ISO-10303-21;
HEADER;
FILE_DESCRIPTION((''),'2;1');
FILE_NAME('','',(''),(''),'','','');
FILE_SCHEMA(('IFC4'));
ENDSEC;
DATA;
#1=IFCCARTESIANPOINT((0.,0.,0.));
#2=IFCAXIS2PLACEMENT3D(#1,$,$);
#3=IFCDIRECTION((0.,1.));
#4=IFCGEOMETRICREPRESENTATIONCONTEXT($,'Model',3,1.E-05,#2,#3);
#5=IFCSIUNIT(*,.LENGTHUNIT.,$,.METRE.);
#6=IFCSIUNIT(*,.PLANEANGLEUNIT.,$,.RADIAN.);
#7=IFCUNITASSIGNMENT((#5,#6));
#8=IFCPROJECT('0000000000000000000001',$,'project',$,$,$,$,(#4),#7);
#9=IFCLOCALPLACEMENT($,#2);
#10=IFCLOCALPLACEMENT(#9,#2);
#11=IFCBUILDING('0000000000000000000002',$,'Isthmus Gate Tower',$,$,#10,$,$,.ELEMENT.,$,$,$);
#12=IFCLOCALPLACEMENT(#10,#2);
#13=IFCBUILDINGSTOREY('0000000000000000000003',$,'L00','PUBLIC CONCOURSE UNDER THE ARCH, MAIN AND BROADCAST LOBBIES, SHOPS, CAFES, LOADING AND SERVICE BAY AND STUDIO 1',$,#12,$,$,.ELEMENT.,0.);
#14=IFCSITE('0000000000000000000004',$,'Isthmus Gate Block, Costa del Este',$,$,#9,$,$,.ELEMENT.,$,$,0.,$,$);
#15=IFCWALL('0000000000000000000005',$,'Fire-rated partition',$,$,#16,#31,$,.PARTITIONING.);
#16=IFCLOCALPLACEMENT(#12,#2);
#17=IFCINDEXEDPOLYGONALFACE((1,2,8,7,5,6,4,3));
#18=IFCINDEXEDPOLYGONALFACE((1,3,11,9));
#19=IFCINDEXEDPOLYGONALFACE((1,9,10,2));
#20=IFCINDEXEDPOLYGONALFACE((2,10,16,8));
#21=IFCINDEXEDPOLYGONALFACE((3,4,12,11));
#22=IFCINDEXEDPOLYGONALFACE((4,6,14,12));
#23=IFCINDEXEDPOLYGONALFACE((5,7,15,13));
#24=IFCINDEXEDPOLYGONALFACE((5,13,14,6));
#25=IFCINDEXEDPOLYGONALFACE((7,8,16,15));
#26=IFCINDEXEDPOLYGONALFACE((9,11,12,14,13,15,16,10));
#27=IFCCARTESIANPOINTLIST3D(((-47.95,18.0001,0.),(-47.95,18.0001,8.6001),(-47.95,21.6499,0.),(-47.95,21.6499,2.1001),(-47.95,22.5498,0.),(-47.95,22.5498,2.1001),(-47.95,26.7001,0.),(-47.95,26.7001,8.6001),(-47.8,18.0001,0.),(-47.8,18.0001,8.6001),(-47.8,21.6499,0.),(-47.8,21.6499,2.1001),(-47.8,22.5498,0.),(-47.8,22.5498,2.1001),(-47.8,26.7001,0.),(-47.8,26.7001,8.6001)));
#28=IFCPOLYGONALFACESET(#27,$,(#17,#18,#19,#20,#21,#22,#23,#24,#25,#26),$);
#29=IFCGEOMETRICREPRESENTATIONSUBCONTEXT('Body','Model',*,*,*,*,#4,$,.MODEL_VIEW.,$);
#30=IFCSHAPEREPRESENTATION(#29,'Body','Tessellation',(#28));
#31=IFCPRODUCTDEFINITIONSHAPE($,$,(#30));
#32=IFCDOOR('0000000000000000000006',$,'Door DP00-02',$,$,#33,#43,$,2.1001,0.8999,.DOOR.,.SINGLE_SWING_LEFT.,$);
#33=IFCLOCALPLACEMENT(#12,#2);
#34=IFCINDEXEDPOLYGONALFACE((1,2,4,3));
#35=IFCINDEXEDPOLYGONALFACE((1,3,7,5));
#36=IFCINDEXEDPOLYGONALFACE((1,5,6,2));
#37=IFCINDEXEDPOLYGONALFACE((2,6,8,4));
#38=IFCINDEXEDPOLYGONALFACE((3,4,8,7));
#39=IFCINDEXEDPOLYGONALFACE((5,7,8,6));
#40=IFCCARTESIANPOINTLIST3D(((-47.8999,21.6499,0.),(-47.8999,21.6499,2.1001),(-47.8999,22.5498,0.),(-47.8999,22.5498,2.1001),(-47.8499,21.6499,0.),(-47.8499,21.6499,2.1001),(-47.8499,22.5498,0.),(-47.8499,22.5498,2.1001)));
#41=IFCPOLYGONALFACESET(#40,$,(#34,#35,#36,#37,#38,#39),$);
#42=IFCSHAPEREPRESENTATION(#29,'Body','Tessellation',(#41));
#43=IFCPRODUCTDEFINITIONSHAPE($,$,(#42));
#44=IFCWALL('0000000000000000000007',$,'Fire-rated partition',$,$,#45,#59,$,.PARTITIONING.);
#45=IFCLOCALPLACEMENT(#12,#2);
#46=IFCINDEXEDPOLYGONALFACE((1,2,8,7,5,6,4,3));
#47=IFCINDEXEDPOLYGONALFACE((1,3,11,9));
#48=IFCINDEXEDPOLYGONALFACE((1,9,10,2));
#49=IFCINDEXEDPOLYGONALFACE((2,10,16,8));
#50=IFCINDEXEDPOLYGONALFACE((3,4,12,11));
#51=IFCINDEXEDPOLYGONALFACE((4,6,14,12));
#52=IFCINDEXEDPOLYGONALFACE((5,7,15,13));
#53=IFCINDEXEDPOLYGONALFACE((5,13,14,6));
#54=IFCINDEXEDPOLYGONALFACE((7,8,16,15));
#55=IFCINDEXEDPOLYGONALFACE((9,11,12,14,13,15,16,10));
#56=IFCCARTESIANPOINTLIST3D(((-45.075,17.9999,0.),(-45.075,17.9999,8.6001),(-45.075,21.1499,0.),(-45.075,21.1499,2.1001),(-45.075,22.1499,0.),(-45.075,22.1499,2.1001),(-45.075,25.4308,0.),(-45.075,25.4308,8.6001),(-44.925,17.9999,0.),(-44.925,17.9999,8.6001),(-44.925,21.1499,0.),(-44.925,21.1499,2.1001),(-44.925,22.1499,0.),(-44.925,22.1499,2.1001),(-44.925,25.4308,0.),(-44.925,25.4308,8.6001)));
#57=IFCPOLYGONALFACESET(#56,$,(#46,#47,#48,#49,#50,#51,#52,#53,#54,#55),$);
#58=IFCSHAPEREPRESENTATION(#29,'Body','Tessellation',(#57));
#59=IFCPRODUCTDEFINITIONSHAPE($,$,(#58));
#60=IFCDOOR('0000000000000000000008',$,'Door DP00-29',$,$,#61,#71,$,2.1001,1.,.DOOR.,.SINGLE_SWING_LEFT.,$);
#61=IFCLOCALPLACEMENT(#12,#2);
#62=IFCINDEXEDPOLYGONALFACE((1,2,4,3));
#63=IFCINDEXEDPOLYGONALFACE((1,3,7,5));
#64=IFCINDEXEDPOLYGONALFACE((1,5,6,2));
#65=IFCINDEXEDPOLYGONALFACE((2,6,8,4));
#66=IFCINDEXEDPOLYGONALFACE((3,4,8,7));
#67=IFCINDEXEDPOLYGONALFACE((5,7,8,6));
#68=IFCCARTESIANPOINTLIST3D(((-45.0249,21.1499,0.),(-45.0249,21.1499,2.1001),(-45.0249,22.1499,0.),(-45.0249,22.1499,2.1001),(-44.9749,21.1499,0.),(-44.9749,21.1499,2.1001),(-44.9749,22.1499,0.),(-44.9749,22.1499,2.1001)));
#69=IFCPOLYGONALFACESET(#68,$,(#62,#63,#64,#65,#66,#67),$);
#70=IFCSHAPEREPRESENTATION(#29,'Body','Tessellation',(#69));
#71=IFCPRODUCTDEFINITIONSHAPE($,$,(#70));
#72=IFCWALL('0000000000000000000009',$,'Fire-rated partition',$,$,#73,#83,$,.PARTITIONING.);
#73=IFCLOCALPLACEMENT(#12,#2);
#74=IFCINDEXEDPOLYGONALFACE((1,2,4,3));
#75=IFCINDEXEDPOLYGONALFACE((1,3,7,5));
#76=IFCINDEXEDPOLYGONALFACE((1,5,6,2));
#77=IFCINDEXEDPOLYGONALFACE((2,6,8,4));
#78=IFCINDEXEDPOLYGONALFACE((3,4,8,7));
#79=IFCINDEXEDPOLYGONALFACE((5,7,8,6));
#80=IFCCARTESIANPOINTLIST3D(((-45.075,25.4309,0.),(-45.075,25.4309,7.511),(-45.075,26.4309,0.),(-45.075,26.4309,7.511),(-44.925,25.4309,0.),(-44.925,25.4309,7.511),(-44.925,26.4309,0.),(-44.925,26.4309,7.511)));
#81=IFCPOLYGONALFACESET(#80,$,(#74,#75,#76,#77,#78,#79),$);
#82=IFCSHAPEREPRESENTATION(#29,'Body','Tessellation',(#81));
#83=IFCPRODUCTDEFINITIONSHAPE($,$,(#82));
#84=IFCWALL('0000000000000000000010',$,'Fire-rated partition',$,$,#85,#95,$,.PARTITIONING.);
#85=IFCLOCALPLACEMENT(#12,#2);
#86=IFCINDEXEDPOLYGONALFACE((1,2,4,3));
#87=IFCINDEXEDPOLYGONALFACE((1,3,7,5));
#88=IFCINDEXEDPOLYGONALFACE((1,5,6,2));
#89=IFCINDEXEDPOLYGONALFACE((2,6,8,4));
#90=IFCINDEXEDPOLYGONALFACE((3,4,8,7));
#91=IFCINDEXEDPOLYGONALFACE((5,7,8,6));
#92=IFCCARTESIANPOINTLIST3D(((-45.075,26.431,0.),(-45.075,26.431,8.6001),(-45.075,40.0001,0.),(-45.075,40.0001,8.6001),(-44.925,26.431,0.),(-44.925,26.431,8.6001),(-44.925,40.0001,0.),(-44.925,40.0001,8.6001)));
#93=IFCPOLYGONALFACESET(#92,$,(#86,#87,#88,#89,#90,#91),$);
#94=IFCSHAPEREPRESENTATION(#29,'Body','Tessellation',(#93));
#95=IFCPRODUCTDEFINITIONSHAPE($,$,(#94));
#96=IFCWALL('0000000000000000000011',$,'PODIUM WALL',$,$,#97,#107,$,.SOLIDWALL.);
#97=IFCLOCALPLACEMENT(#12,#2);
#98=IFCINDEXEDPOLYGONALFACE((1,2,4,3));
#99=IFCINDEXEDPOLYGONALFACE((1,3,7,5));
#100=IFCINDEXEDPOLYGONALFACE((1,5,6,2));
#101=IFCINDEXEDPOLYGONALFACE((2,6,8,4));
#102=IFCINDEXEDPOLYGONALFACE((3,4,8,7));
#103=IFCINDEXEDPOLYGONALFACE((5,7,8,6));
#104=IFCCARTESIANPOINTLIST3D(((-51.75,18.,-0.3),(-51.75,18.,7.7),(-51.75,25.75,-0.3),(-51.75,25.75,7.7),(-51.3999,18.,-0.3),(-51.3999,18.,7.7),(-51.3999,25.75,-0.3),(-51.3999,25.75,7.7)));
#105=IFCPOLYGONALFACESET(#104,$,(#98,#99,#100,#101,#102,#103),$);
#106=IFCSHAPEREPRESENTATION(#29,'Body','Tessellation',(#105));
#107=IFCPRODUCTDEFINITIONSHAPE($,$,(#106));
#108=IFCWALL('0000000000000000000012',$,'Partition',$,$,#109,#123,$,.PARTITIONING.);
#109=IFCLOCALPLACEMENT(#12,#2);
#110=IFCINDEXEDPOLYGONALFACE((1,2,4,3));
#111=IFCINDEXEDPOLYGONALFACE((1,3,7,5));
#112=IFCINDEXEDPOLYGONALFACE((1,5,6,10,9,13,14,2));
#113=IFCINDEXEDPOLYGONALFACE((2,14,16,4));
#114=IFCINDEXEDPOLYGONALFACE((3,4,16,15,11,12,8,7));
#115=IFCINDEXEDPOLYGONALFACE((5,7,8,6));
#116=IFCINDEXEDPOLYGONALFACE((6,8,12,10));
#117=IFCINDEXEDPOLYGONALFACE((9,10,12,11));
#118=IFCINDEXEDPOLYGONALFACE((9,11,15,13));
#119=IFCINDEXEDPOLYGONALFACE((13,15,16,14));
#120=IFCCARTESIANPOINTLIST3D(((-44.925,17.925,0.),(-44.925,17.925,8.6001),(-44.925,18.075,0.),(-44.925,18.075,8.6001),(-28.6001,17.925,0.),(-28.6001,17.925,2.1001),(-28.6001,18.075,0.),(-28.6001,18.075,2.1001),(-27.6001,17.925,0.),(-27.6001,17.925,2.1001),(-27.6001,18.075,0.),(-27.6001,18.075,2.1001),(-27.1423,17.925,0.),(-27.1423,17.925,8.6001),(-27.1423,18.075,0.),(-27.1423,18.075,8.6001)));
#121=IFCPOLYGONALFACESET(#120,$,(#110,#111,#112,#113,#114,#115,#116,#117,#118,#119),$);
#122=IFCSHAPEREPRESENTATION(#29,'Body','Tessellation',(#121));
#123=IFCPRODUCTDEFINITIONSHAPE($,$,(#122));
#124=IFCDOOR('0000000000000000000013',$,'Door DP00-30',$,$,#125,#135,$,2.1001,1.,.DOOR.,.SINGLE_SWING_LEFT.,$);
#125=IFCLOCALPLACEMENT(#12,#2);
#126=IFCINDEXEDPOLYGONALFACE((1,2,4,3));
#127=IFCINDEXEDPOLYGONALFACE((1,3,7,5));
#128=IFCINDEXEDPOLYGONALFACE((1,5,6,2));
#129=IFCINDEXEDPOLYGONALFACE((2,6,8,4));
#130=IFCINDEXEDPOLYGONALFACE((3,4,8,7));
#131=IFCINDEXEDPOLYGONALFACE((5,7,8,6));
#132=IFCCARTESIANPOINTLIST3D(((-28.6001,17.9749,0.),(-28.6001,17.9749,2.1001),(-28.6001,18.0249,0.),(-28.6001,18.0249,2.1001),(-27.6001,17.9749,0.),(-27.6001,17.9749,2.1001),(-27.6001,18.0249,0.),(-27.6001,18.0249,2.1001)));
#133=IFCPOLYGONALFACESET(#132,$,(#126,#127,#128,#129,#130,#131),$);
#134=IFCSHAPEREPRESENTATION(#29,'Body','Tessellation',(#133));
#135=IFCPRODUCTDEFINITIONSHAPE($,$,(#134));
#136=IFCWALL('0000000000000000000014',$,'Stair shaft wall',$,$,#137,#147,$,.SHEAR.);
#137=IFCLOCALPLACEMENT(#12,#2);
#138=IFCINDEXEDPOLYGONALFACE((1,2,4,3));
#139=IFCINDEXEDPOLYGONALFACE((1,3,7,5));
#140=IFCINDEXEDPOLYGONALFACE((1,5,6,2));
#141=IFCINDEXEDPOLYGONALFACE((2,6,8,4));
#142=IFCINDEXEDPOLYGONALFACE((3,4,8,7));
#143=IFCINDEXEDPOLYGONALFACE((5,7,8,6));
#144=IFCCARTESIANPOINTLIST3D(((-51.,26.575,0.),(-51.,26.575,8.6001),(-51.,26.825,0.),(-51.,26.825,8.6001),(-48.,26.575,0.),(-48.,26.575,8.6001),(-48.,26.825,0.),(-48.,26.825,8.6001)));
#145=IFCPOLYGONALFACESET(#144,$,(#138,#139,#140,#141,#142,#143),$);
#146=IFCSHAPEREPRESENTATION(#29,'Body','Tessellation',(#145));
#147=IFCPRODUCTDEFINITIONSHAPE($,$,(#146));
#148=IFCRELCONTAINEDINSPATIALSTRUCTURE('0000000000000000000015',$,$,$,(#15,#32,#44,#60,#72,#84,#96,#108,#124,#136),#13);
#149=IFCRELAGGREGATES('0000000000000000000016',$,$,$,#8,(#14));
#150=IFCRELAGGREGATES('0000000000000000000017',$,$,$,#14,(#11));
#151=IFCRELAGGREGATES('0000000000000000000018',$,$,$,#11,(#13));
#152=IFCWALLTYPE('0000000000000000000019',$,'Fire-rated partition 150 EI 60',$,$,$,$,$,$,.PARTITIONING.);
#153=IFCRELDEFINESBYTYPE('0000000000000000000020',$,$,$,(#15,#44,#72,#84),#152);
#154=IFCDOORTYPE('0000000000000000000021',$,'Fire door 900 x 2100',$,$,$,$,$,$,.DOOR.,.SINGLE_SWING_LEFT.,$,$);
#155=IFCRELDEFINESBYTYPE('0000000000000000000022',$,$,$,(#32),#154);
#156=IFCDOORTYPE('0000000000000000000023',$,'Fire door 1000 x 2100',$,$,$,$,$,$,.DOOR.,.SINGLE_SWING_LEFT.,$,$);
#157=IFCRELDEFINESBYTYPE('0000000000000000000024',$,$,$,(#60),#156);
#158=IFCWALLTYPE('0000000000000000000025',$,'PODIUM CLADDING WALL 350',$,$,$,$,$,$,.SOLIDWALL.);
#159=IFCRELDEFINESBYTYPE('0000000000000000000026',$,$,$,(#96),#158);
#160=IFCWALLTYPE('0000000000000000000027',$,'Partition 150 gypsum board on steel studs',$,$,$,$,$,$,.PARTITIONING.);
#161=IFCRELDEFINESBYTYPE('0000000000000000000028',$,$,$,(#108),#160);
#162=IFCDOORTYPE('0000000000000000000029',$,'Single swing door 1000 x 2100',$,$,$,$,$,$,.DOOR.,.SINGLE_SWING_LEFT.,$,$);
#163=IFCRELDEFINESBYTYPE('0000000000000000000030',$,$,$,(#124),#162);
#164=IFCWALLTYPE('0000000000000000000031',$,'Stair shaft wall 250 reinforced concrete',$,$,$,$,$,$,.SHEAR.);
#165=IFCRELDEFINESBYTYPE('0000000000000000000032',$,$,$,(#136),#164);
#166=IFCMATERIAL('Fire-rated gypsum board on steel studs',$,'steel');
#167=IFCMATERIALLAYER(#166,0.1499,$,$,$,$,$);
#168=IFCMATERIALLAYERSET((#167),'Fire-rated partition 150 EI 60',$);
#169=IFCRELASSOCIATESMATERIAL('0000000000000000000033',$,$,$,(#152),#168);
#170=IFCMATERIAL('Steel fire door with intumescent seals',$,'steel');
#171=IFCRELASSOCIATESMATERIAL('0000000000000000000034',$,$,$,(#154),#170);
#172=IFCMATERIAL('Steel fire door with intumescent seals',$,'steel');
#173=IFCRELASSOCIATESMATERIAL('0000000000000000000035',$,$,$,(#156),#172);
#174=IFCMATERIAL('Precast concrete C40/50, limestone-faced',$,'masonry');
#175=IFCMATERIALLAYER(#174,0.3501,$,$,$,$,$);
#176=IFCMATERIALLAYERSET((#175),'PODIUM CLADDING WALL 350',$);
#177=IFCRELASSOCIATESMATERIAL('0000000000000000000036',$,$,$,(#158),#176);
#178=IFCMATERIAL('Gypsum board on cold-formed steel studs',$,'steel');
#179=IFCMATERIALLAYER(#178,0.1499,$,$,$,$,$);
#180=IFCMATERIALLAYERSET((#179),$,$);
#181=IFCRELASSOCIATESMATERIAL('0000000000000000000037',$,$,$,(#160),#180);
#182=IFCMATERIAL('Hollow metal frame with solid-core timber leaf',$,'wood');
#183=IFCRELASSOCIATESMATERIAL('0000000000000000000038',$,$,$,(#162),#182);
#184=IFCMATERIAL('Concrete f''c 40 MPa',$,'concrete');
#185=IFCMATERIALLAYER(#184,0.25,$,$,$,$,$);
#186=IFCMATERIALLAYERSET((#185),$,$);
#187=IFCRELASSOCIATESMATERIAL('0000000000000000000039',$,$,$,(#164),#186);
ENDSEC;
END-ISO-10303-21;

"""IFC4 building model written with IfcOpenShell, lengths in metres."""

from ifc_helpers import new_model, si_unit, direction, frame, frame_2d, origin, place, context, subcontext, project, spatial, rectangle, extrude, material, layer, layer_set, type_object, element, fill, save


model = new_model("IFC4")

# Units and contexts
model_context = context("Model", 3, precision=1e-05, world=origin(), true_north=direction((0.0, 1.0)))
body_context = subcontext(model_context, "Body", "Model", "MODEL_VIEW")
ifc_project = project(units=[si_unit("LENGTHUNIT", "METRE"), si_unit("PLANEANGLEUNIT", "RADIAN")], contexts=[model_context])

# Site, building, storey
site_placement = place(None, origin())
site = spatial("IfcSite", under=ifc_project, at=site_placement, Name="Isthmus Gate Block, Costa del Este", CompositionType="ELEMENT", RefElevation=0.0)
building_placement = place(site_placement, origin())
building = spatial("IfcBuilding", under=site, at=building_placement, Name="Isthmus Gate Tower", CompositionType="ELEMENT")
storey_placement = place(building_placement, origin())
storey = spatial("IfcBuildingStorey", under=building, at=storey_placement, Name="L00", Description="PUBLIC CONCOURSE UNDER THE ARCH, MAIN AND BROADCAST LOBBIES, SHOPS, CAFES, LOADING AND SERVICE BAY AND STUDIO 1", CompositionType="ELEMENT", Elevation=0.0)

# Walls, openings, doors
ifc_material_1 = material(Name="Fire-rated gypsum board on steel studs", Category="steel")
ifc_layer_1 = layer(ifc_material_1, 0.1499)
ifc_layer_set_1 = layer_set([ifc_layer_1], Name="Fire-rated partition 150 EI 60")
wall_type_1 = type_object("IfcWallType", Name="Fire-rated partition 150 EI 60", PredefinedType="PARTITIONING", material=ifc_layer_set_1)
wall_1_placement = place(storey_placement, frame((-47.875, 18.0, 0.0), z_axis=(0.0, 0.0, 1.0), x_axis=(0.0, 1.0, 0.0)))
wall_1 = element("IfcWall", 1, at=wall_1_placement, inside=storey, type_object=wall_type_1, Name="Fire-rated partition", PredefinedType="PARTITIONING", context=body_context, shape_type="SweptSolid", body=[
    extrude(rectangle(XDim=8.7, YDim=0.1499, at=frame_2d((4.3501, 0.0))), origin(), (0.0, 0.0, 1.0), 8.6001),
])
opening_1_placement = place(wall_1_placement, frame((3.6499, 0.0, 0.0)))
opening_1 = element("IfcOpeningElement", 2, at=opening_1_placement, cuts=wall_1, PredefinedType="OPENING", context=body_context, shape_type="SweptSolid", body=[
    extrude(rectangle(XDim=0.8999, YDim=2.1001, at=frame_2d((0.45, 1.05))), frame((0.0, 0.085, 0.0), z_axis=(0.0, -1.0, 0.0), x_axis=(1.0, 0.0, 0.0)), (0.0, 0.0, 1.0), 0.1699),
])
ifc_material_2 = material(Name="Steel fire door with intumescent seals", Category="steel")
door_type_1 = type_object("IfcDoorType", Name="Fire door 900 x 2100", OperationType="SINGLE_SWING_LEFT", PredefinedType="DOOR", material=ifc_material_2)
door_1_placement = place(opening_1_placement, origin())
door_1 = element("IfcDoor", 3, at=door_1_placement, inside=storey, type_object=door_type_1, Name="Door DP00-02", OperationType="SINGLE_SWING_LEFT", OverallHeight=2.1001, OverallWidth=0.8999, PredefinedType="DOOR", context=body_context, shape_type="SweptSolid", body=[
    extrude(rectangle(XDim=0.8999, YDim=2.1001, at=frame_2d((0.45, 1.05))), frame((0.0, 0.0249, 0.0), z_axis=(0.0, -1.0, 0.0), x_axis=(1.0, 0.0, 0.0)), (0.0, 0.0, 1.0), 0.05),
])
fill(opening_1, door_1)
wall_2_placement = place(storey_placement, frame((-45.0, 18.0, 0.0), z_axis=(0.0, 0.0, 1.0), x_axis=(0.0, 1.0, 0.0)))
wall_2 = element("IfcWall", 4, at=wall_2_placement, inside=storey, type_object=wall_type_1, Name="Fire-rated partition", PredefinedType="PARTITIONING", context=body_context, shape_type="SweptSolid", body=[
    extrude(rectangle(XDim=7.4309, YDim=0.1499, at=frame_2d((3.7153, 0.0))), origin(), (0.0, 0.0, 1.0), 8.6001),
])
opening_2_placement = place(wall_2_placement, frame((3.1499, 0.0, 0.0)))
opening_2 = element("IfcOpeningElement", 5, at=opening_2_placement, cuts=wall_2, PredefinedType="OPENING", context=body_context, shape_type="SweptSolid", body=[
    extrude(rectangle(XDim=1.0, YDim=2.1001, at=frame_2d((0.5, 1.05))), frame((0.0, 0.085, 0.0), z_axis=(0.0, -1.0, 0.0), x_axis=(1.0, 0.0, 0.0)), (0.0, 0.0, 1.0), 0.1699),
])
ifc_material_3 = material(Name="Steel fire door with intumescent seals", Category="steel")
door_type_2 = type_object("IfcDoorType", Name="Fire door 1000 x 2100", OperationType="SINGLE_SWING_LEFT", PredefinedType="DOOR", material=ifc_material_3)
door_2_placement = place(opening_2_placement, origin())
door_2 = element("IfcDoor", 6, at=door_2_placement, inside=storey, type_object=door_type_2, Name="Door DP00-29", OperationType="SINGLE_SWING_LEFT", OverallHeight=2.1001, OverallWidth=1.0, PredefinedType="DOOR", context=body_context, shape_type="SweptSolid", body=[
    extrude(rectangle(XDim=1.0, YDim=2.1001, at=frame_2d((0.5, 1.05))), frame((0.0, 0.0249, 0.0), z_axis=(0.0, -1.0, 0.0), x_axis=(1.0, 0.0, 0.0)), (0.0, 0.0, 1.0), 0.05),
])
fill(opening_2, door_2)

# Walls
wall_3_placement = place(storey_placement, frame((-45.0, 25.4309, 0.0), z_axis=(0.0, 0.0, 1.0), x_axis=(0.0, 1.0, 0.0)))
element("IfcWall", 7, at=wall_3_placement, inside=storey, type_object=wall_type_1, Name="Fire-rated partition", PredefinedType="PARTITIONING", context=body_context, shape_type="SweptSolid", body=[
    extrude(rectangle(XDim=1.0, YDim=0.1499, at=frame_2d((0.5, 0.0))), origin(), (0.0, 0.0, 1.0), 7.511),
])
wall_4_placement = place(storey_placement, frame((-45.0, 26.4309, 0.0), z_axis=(0.0, 0.0, 1.0), x_axis=(0.0, 1.0, 0.0)))
element("IfcWall", 8, at=wall_4_placement, inside=storey, type_object=wall_type_1, Name="Fire-rated partition", PredefinedType="PARTITIONING", context=body_context, shape_type="SweptSolid", body=[
    extrude(rectangle(XDim=13.5691, YDim=0.1499, at=frame_2d((6.7847, 0.0))), origin(), (0.0, 0.0, 1.0), 8.6001),
])
ifc_material_4 = material(Name="Precast concrete C40/50, limestone-faced", Category="masonry")
ifc_layer_2 = layer(ifc_material_4, 0.3501)
ifc_layer_set_2 = layer_set([ifc_layer_2], Name="PODIUM CLADDING WALL 350")
wall_type_2 = type_object("IfcWallType", Name="PODIUM CLADDING WALL 350", PredefinedType="SOLIDWALL", material=ifc_layer_set_2)
wall_5_placement = place(storey_placement, frame((-51.575, 25.75, -0.3), z_axis=(0.0, 0.0, 1.0), x_axis=(0.0, -1.0, 0.0)))
element("IfcWall", 9, at=wall_5_placement, inside=storey, type_object=wall_type_2, Name="PODIUM WALL", PredefinedType="SOLIDWALL", context=body_context, shape_type="SweptSolid", body=[
    extrude(rectangle(XDim=7.75, YDim=0.3501, at=frame_2d((3.875, 0.0))), origin(), (0.0, 0.0, 1.0), 8.0),
])

# Wall, opening, door
ifc_material_5 = material(Name="Gypsum board on cold-formed steel studs", Category="steel")
ifc_layer_3 = layer(ifc_material_5, 0.1499)
ifc_layer_set_3 = layer_set([ifc_layer_3])
wall_type_3 = type_object("IfcWallType", Name="Partition 150 gypsum board on steel studs", PredefinedType="PARTITIONING", material=ifc_layer_set_3)
wall_6_placement = place(storey_placement, frame((-44.925, 18.0, 0.0), z_axis=(0.0, 0.0, 1.0), x_axis=(1.0, 0.0, 0.0)))
wall_6 = element("IfcWall", 10, at=wall_6_placement, inside=storey, type_object=wall_type_3, Name="Partition", PredefinedType="PARTITIONING", context=body_context, shape_type="SweptSolid", body=[
    extrude(rectangle(XDim=17.7827, YDim=0.1499, at=frame_2d((8.8914, 0.0))), origin(), (0.0, 0.0, 1.0), 8.6001),
])
opening_3_placement = place(wall_6_placement, frame((16.325, 0.0, 0.0)))
opening_3 = element("IfcOpeningElement", 11, at=opening_3_placement, cuts=wall_6, PredefinedType="OPENING", context=body_context, shape_type="SweptSolid", body=[
    extrude(rectangle(XDim=1.0, YDim=2.1001, at=frame_2d((0.5, 1.05))), frame((0.0, 0.085, 0.0), z_axis=(0.0, -1.0, 0.0), x_axis=(1.0, 0.0, 0.0)), (0.0, 0.0, 1.0), 0.1699),
])
ifc_material_6 = material(Name="Hollow metal frame with solid-core timber leaf", Category="wood")
door_type_3 = type_object("IfcDoorType", Name="Single swing door 1000 x 2100", OperationType="SINGLE_SWING_LEFT", PredefinedType="DOOR", material=ifc_material_6)
door_3_placement = place(opening_3_placement, origin())
door_3 = element("IfcDoor", 12, at=door_3_placement, inside=storey, type_object=door_type_3, Name="Door DP00-30", OperationType="SINGLE_SWING_LEFT", OverallHeight=2.1001, OverallWidth=1.0, PredefinedType="DOOR", context=body_context, shape_type="SweptSolid", body=[
    extrude(rectangle(XDim=1.0, YDim=2.1001, at=frame_2d((0.5, 1.05))), frame((0.0, 0.0249, 0.0), z_axis=(0.0, -1.0, 0.0), x_axis=(1.0, 0.0, 0.0)), (0.0, 0.0, 1.0), 0.05),
])
fill(opening_3, door_3)

# Wall
ifc_material_7 = material(Name="Concrete f'c 40 MPa", Category="concrete")
ifc_layer_4 = layer(ifc_material_7, 0.25)
ifc_layer_set_4 = layer_set([ifc_layer_4])
wall_type_4 = type_object("IfcWallType", Name="Stair shaft wall 250 reinforced concrete", PredefinedType="SHEAR", material=ifc_layer_set_4)
wall_7_placement = place(storey_placement, frame((-51.0, 26.7, 0.0), z_axis=(0.0, 0.0, 1.0), x_axis=(1.0, 0.0, 0.0)))
element("IfcWall", 13, at=wall_7_placement, inside=storey, type_object=wall_type_4, Name="Stair shaft wall", PredefinedType="SHEAR", context=body_context, shape_type="SweptSolid", body=[
    extrude(rectangle(XDim=3.0, YDim=0.25, at=frame_2d((1.5, 0.0))), origin(), (0.0, 0.0, 1.0), 8.6001),
])

save(model, "model.ifc")
